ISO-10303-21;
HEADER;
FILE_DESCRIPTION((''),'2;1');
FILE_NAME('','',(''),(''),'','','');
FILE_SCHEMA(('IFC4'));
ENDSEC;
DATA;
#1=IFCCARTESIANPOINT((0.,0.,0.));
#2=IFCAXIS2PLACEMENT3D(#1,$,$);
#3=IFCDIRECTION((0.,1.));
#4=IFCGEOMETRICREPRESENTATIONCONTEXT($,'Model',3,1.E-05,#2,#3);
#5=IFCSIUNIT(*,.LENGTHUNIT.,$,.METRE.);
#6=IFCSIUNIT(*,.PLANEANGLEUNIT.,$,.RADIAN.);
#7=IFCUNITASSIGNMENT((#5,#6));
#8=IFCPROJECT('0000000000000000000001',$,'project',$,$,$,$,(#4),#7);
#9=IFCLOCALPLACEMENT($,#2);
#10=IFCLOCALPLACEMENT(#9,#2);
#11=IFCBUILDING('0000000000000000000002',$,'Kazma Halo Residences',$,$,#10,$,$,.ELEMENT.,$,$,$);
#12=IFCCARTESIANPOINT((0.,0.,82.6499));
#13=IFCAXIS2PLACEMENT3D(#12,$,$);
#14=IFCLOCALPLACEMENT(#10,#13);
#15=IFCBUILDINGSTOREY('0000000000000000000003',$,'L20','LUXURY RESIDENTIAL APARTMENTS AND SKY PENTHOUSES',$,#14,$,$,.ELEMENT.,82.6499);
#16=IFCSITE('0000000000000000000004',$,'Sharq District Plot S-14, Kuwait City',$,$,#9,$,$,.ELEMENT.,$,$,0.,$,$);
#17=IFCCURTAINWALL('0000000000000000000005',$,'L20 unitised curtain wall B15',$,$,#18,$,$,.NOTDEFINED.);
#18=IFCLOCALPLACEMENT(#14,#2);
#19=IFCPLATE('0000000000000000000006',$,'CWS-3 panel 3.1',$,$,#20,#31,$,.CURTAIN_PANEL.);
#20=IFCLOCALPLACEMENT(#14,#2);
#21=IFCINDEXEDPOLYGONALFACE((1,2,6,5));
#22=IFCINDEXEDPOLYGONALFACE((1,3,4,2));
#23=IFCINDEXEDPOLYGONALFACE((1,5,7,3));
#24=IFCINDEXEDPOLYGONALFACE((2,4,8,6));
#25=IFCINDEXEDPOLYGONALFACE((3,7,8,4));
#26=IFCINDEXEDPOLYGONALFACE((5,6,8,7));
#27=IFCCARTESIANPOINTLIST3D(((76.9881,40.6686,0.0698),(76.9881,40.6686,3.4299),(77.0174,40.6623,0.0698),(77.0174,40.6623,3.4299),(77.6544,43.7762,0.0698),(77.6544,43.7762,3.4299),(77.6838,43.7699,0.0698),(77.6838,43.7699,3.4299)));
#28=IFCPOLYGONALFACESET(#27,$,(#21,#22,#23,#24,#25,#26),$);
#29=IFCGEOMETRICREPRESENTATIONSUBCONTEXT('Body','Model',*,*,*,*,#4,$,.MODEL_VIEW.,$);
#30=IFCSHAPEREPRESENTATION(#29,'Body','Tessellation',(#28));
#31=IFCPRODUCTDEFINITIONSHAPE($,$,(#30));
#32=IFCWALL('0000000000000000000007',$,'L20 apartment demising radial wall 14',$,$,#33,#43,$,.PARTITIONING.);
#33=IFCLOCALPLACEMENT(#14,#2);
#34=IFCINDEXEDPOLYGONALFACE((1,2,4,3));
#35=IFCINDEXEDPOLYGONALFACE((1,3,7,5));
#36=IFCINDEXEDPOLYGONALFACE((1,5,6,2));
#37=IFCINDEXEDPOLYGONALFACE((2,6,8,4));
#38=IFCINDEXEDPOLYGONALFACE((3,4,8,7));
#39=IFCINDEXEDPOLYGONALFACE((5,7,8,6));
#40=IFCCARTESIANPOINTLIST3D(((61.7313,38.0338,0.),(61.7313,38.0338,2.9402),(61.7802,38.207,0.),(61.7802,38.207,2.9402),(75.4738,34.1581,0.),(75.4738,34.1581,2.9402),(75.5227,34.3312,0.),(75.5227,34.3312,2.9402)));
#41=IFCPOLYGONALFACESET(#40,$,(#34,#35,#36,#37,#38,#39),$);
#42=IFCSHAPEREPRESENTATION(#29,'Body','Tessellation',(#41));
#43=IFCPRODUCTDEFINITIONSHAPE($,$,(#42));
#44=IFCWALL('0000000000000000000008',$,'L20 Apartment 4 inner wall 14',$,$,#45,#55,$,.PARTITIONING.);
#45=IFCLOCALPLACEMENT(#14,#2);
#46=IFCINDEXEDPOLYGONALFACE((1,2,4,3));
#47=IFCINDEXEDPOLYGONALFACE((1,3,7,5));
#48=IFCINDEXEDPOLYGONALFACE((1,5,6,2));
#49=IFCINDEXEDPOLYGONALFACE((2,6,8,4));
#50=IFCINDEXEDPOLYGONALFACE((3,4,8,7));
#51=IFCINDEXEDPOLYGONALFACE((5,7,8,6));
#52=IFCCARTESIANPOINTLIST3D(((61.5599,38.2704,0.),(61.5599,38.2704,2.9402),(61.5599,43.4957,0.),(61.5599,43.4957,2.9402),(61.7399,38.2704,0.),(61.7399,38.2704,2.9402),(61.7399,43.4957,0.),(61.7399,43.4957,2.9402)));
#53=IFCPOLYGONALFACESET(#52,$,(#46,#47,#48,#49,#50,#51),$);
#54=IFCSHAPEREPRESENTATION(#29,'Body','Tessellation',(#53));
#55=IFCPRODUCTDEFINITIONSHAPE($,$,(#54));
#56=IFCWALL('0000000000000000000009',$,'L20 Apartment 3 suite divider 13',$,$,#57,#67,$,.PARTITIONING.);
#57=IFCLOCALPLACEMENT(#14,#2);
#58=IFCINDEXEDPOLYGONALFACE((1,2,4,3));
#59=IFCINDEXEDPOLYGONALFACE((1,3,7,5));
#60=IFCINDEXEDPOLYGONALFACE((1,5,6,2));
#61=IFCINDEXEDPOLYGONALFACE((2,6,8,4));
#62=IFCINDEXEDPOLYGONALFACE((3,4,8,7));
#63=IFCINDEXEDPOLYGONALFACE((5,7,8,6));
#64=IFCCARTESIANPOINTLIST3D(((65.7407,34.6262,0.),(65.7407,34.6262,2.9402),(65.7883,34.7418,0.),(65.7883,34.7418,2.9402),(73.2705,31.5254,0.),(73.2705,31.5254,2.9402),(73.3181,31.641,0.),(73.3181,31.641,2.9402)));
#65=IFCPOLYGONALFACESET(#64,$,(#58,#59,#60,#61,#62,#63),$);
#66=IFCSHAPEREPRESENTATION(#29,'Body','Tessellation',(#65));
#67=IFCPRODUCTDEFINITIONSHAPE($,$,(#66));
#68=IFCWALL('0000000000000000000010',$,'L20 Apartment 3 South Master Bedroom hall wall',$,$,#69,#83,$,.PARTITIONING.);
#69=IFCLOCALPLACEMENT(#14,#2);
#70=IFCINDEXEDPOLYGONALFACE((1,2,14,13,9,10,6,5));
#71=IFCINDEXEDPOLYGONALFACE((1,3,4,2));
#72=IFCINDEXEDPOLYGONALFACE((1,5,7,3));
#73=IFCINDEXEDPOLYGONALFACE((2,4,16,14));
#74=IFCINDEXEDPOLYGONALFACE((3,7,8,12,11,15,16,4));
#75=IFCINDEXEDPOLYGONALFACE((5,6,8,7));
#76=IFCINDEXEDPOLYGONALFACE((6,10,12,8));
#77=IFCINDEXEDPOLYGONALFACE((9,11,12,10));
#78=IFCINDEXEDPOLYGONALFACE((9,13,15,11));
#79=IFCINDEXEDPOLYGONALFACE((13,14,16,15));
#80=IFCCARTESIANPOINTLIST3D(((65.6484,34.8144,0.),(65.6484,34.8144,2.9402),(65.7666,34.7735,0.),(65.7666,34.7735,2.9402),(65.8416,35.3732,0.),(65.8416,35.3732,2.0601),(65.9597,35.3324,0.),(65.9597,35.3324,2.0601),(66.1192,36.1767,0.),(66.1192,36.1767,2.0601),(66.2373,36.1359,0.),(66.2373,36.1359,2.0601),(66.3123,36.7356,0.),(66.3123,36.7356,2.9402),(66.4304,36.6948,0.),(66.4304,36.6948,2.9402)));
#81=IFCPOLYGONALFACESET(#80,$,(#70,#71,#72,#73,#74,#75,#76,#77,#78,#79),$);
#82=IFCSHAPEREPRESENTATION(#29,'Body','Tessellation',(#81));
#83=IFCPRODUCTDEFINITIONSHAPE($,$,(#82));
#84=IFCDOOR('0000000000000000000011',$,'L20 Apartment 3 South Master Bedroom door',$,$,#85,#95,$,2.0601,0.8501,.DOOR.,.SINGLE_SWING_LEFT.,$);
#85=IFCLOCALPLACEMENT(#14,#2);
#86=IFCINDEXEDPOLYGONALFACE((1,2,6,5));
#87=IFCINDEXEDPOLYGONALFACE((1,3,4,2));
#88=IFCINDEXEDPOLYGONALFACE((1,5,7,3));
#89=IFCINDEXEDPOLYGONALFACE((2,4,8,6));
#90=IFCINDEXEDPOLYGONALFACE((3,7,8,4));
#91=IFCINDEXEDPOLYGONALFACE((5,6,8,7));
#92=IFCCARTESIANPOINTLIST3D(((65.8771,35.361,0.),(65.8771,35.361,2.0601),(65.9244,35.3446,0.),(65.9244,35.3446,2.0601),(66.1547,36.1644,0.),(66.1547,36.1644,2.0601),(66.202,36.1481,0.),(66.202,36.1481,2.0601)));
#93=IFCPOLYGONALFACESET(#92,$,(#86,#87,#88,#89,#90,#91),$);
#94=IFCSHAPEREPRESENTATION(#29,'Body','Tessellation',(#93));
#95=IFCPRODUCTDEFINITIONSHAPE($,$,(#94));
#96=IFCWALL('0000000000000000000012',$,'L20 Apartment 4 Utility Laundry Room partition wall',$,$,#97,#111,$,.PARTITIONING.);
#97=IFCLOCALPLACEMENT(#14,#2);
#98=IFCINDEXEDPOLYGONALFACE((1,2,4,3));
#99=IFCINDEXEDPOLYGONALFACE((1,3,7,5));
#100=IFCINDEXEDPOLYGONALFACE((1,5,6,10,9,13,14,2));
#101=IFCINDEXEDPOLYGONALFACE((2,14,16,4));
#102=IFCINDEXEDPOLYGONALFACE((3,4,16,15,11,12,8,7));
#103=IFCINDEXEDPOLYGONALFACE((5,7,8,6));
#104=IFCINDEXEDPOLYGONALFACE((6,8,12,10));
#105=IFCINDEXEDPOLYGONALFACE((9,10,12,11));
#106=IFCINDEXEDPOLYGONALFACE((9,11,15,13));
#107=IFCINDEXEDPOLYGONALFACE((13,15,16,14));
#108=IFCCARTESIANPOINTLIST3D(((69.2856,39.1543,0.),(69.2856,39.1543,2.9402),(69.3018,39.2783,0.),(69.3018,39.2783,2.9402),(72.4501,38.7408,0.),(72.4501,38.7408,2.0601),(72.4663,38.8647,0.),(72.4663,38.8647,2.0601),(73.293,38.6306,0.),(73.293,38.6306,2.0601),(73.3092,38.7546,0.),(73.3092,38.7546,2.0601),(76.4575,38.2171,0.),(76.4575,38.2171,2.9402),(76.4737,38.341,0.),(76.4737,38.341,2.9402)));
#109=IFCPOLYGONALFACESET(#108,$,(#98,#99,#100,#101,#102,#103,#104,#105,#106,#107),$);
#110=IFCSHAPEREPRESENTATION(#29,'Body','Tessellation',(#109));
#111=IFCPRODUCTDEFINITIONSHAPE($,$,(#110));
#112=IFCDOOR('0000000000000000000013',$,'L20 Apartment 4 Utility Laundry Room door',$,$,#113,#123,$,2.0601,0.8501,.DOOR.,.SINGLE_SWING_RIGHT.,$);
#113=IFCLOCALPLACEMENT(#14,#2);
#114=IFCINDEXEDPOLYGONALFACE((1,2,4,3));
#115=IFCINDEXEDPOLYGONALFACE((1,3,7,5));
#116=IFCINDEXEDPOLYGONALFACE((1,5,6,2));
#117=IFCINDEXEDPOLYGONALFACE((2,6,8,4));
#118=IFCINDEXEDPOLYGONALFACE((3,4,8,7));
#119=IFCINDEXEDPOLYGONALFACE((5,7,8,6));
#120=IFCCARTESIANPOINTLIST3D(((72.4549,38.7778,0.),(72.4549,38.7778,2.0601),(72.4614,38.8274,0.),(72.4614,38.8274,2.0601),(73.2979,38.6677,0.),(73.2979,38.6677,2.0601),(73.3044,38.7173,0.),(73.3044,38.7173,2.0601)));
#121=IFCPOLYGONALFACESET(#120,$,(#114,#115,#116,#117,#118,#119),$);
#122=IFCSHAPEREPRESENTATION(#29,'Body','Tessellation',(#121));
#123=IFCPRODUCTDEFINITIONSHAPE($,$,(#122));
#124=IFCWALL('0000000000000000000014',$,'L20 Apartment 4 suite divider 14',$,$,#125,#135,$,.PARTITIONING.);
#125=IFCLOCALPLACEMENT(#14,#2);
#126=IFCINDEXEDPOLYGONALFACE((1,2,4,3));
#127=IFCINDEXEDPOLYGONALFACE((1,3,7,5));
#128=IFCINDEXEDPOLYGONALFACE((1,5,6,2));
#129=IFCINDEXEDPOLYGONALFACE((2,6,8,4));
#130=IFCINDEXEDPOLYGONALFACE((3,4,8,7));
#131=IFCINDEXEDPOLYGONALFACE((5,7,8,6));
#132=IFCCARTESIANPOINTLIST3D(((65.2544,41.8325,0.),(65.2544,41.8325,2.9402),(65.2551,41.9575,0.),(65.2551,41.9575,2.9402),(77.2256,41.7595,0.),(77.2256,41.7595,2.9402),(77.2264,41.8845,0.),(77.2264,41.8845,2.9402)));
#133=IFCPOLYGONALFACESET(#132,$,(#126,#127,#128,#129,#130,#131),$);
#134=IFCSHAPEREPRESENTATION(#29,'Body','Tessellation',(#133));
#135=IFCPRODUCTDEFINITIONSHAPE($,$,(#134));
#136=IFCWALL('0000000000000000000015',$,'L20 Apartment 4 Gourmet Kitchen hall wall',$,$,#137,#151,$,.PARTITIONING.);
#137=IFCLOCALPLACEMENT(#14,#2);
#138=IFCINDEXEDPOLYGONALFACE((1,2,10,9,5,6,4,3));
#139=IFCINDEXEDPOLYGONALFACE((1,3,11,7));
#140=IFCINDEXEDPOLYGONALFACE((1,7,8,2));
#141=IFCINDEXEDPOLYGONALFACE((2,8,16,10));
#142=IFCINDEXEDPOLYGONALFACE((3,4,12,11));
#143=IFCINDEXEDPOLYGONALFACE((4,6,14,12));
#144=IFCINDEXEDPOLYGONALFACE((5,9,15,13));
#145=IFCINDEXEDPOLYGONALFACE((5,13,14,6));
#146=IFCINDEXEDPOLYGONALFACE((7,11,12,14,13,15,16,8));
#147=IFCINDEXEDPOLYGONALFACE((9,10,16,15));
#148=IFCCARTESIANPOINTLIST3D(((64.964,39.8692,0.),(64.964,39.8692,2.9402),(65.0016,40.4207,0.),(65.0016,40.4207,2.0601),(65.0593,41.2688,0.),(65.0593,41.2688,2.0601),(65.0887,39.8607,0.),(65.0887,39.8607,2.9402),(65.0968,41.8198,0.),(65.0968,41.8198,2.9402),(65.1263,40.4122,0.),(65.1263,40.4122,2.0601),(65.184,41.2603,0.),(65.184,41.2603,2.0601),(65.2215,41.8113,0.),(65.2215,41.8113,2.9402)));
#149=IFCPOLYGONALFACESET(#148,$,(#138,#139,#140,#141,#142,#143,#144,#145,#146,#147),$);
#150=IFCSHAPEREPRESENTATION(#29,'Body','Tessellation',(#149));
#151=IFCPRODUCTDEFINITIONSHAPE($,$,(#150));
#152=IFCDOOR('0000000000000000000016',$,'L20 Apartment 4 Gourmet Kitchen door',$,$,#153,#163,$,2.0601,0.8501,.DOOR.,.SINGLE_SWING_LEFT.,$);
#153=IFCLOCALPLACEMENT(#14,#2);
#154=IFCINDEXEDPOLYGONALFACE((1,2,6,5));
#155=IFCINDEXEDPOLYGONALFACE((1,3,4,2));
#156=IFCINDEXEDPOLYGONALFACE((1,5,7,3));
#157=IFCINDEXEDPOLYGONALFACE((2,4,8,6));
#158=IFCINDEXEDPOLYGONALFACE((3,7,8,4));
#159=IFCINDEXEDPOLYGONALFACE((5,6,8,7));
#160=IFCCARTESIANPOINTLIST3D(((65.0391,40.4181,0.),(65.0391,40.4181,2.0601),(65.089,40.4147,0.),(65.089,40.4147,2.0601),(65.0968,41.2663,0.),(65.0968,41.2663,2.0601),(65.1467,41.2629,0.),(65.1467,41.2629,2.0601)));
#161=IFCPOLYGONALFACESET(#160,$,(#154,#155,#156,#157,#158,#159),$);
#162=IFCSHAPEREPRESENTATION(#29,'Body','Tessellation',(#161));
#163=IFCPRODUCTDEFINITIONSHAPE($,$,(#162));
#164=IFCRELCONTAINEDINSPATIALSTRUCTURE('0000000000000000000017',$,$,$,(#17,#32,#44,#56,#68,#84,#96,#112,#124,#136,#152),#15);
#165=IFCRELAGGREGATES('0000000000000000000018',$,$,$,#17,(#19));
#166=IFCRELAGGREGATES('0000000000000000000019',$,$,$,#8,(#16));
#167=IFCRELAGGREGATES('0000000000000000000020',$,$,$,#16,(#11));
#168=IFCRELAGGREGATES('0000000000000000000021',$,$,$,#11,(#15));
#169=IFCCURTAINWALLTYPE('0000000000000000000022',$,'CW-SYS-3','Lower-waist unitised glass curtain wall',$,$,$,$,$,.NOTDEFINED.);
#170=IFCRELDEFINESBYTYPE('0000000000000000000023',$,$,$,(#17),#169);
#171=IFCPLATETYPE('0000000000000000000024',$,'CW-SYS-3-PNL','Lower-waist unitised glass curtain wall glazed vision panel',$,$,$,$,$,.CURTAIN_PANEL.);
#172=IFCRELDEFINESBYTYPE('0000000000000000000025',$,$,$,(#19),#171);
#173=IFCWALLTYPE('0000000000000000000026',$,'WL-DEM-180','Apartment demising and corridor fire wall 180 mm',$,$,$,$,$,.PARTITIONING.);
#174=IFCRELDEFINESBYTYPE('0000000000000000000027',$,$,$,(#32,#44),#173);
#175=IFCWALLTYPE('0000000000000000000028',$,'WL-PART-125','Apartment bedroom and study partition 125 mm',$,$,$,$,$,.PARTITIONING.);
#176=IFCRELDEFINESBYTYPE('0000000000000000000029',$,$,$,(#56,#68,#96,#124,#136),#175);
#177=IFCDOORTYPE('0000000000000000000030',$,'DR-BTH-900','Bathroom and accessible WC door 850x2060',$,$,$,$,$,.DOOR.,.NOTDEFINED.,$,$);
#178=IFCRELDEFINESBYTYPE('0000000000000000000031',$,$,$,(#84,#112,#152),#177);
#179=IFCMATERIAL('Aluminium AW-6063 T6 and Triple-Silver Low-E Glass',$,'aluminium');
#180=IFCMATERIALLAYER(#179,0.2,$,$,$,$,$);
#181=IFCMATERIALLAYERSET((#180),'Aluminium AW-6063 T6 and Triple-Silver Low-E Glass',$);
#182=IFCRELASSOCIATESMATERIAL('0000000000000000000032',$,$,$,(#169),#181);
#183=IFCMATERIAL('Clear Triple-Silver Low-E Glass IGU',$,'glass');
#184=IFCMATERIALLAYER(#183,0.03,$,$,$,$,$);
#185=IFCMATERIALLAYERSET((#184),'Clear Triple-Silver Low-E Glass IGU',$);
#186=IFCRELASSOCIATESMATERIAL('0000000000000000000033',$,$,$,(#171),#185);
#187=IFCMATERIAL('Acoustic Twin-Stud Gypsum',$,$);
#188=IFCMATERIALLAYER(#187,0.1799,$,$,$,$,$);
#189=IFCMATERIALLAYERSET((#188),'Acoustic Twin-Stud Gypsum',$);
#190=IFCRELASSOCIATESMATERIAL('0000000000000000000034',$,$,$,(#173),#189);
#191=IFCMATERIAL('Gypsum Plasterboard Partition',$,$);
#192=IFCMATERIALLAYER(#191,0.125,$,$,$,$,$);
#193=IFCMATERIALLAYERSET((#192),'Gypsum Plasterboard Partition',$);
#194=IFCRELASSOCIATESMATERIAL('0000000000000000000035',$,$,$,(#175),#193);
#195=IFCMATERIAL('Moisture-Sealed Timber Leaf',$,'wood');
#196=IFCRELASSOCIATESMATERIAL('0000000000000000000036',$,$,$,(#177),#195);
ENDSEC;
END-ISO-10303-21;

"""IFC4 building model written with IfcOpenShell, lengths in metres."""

from ifc_helpers import new_model, si_unit, direction, frame, frame_2d, origin, origin_2d, place, context, subcontext, project, spatial, rectangle, extrude, material, layer, layer_set, type_object, element, fill, aggregate, save


model = new_model("IFC4")

# Units and contexts
model_context = context("Model", 3, precision=1e-05, world=origin(), true_north=direction((0.0, 1.0)))
body_context = subcontext(model_context, "Body", "Model", "MODEL_VIEW")
ifc_project = project(units=[si_unit("LENGTHUNIT", "METRE"), si_unit("PLANEANGLEUNIT", "RADIAN")], contexts=[model_context])

# Site, building, storey
site_placement = place(None, origin())
site = spatial("IfcSite", under=ifc_project, at=site_placement, Name="Sharq District Plot S-14, Kuwait City", CompositionType="ELEMENT", RefElevation=0.0)
building_placement = place(site_placement, origin())
building = spatial("IfcBuilding", under=site, at=building_placement, Name="Kazma Halo Residences", CompositionType="ELEMENT")
storey_placement = place(building_placement, frame((0.0, 0.0, 82.6499)))
storey = spatial("IfcBuildingStorey", under=building, at=storey_placement, Name="L20", Description="LUXURY RESIDENTIAL APARTMENTS AND SKY PENTHOUSES", CompositionType="ELEMENT", Elevation=82.6499)

# Curtain wall, plate
ifc_material_1 = material(Name="Aluminium AW-6063 T6 and Triple-Silver Low-E Glass", Category="aluminium")
ifc_layer_1 = layer(ifc_material_1, 0.2)
ifc_layer_set_1 = layer_set([ifc_layer_1], Name="Aluminium AW-6063 T6 and Triple-Silver Low-E Glass")
curtain_wall_type = type_object("IfcCurtainWallType", Name="CW-SYS-3", Description="Lower-waist unitised glass curtain wall", PredefinedType="NOTDEFINED", material=ifc_layer_set_1)
curtain_wall_placement = place(storey_placement, origin())
curtain_wall = element("IfcCurtainWall", 1, at=curtain_wall_placement, inside=storey, type_object=curtain_wall_type, Name="L20 unitised curtain wall B15", PredefinedType="NOTDEFINED")
ifc_material_2 = material(Name="Clear Triple-Silver Low-E Glass IGU", Category="glass")
ifc_layer_2 = layer(ifc_material_2, 0.03)
ifc_layer_set_2 = layer_set([ifc_layer_2], Name="Clear Triple-Silver Low-E Glass IGU")
plate_type = type_object("IfcPlateType", Name="CW-SYS-3-PNL", Description="Lower-waist unitised glass curtain wall glazed vision panel", PredefinedType="CURTAIN_PANEL", material=ifc_layer_set_2)
plate_1_placement = place(storey_placement, frame((77.3359, 42.2192, 0.0698), z_axis=(0.0, 0.0, 1.0), x_axis=(0.209661, 0.977774, 0.0)))
plate_1 = element("IfcPlate", 2, at=plate_1_placement, type_object=plate_type, Name="CWS-3 panel 3.1", PredefinedType="CURTAIN_PANEL", context=body_context, shape_type="SweptSolid", body=[
    extrude(rectangle(XDim=3.1782, YDim=0.03, at=origin_2d()), origin(), (0.0, 0.0, 1.0), 3.3601),
])
aggregate(curtain_wall, [plate_1])

# Walls
ifc_material_3 = material(Name="Acoustic Twin-Stud Gypsum")
ifc_layer_3 = layer(ifc_material_3, 0.1799)
ifc_layer_set_3 = layer_set([ifc_layer_3], Name="Acoustic Twin-Stud Gypsum")
wall_type_1 = type_object("IfcWallType", Name="WL-DEM-180", Description="Apartment demising and corridor fire wall 180 mm", PredefinedType="PARTITIONING", material=ifc_layer_set_3)
wall_1_placement = place(storey_placement, frame((61.7559, 38.1204, 0.0), z_axis=(0.0, 0.0, 1.0), x_axis=(0.962456, -0.271438, 0.0)))
element("IfcWall", 3, at=wall_1_placement, inside=storey, type_object=wall_type_1, Name="L20 apartment demising radial wall 14", PredefinedType="PARTITIONING", context=body_context, shape_type="SweptSolid", body=[
    extrude(rectangle(XDim=14.2786, YDim=0.1799, at=frame_2d((7.1392, 0.0))), origin(), (0.0, 0.0, 1.0), 2.9402),
])
wall_2_placement = place(storey_placement, frame((61.6499, 38.2703, 0.0), z_axis=(0.0, 0.0, 1.0), x_axis=(0.0, 1.0, 0.0)))
element("IfcWall", 4, at=wall_2_placement, inside=storey, type_object=wall_type_1, Name="L20 Apartment 4 inner wall 14", PredefinedType="PARTITIONING", context=body_context, shape_type="SweptSolid", body=[
    extrude(rectangle(XDim=5.2253, YDim=0.1799, at=frame_2d((2.6128, 0.0))), origin(), (0.0, 0.0, 1.0), 2.9402),
])
ifc_material_4 = material(Name="Gypsum Plasterboard Partition")
ifc_layer_4 = layer(ifc_material_4, 0.125)
ifc_layer_set_4 = layer_set([ifc_layer_4], Name="Gypsum Plasterboard Partition")
wall_type_2 = type_object("IfcWallType", Name="WL-PART-125", Description="Apartment bedroom and study partition 125 mm", PredefinedType="PARTITIONING", material=ifc_layer_set_4)
wall_3_placement = place(storey_placement, frame((65.7644, 34.6841, 0.0), z_axis=(0.0, 0.0, 1.0), x_axis=(0.924664, -0.380784, 0.0)))
element("IfcWall", 5, at=wall_3_placement, inside=storey, type_object=wall_type_2, Name="L20 Apartment 3 suite divider 13", PredefinedType="PARTITIONING", context=body_context, shape_type="SweptSolid", body=[
    extrude(rectangle(XDim=8.1433, YDim=0.125, at=frame_2d((4.0718, 0.0))), origin(), (0.0, 0.0, 1.0), 2.9402),
])

# Walls, openings, doors
wall_4_placement = place(storey_placement, frame((65.7075, 34.7939, 0.0), z_axis=(0.0, 0.0, 1.0), x_axis=(0.326587, 0.945167, 0.0)))
wall_4 = element("IfcWall", 6, at=wall_4_placement, inside=storey, type_object=wall_type_2, Name="L20 Apartment 3 South Master Bedroom hall wall", PredefinedType="PARTITIONING", context=body_context, shape_type="SweptSolid", body=[
    extrude(rectangle(XDim=2.0327, YDim=0.125, at=frame_2d((1.0164, 0.0))), origin(), (0.0, 0.0, 1.0), 2.9402),
])
opening_1_placement = place(wall_4_placement, frame((0.5913, 0.0, 0.0)))
opening_1 = element("IfcOpeningElement", 7, at=opening_1_placement, cuts=wall_4, PredefinedType="OPENING", context=body_context, shape_type="SweptSolid", body=[
    extrude(rectangle(XDim=0.8501, YDim=2.0601, at=frame_2d((0.425, 1.03))), frame((0.0, 0.0725, 0.0), z_axis=(0.0, -1.0, 0.0), x_axis=(1.0, 0.0, 0.0)), (0.0, 0.0, 1.0), 0.145),
])
ifc_material_5 = material(Name="Moisture-Sealed Timber Leaf", Category="wood")
door_type = type_object("IfcDoorType", Name="DR-BTH-900", Description="Bathroom and accessible WC door 850x2060", OperationType="NOTDEFINED", PredefinedType="DOOR", material=ifc_material_5)
door_1_placement = place(opening_1_placement, origin())
door_1 = element("IfcDoor", 8, at=door_1_placement, inside=storey, type_object=door_type, Name="L20 Apartment 3 South Master Bedroom door", OperationType="SINGLE_SWING_LEFT", OverallHeight=2.0601, OverallWidth=0.8501, PredefinedType="DOOR", context=body_context, shape_type="SweptSolid", body=[
    extrude(rectangle(XDim=0.8501, YDim=2.0601, at=frame_2d((0.425, 1.03))), frame((0.0, 0.0249, 0.0), z_axis=(0.0, -1.0, 0.0), x_axis=(1.0, 0.0, 0.0)), (0.0, 0.0, 1.0), 0.05),
])
fill(opening_1, door_1)
wall_5_placement = place(storey_placement, frame((69.2937, 39.2163, 0.0), z_axis=(0.0, 0.0, 1.0), x_axis=(0.991569, -0.129583, 0.0)))
wall_5 = element("IfcWall", 9, at=wall_5_placement, inside=storey, type_object=wall_type_2, Name="L20 Apartment 4 Utility Laundry Room partition wall", PredefinedType="PARTITIONING", context=body_context, shape_type="SweptSolid", body=[
    extrude(rectangle(XDim=7.2329, YDim=0.125, at=frame_2d((3.6165, 0.0))), origin(), (0.0, 0.0, 1.0), 2.9402),
])
opening_2_placement = place(wall_5_placement, frame((3.1914, 0.0, 0.0)))
opening_2 = element("IfcOpeningElement", 10, at=opening_2_placement, cuts=wall_5, PredefinedType="OPENING", context=body_context, shape_type="SweptSolid", body=[
    extrude(rectangle(XDim=0.8501, YDim=2.0601, at=frame_2d((0.425, 1.03))), frame((0.0, 0.0725, 0.0), z_axis=(0.0, -1.0, 0.0), x_axis=(1.0, 0.0, 0.0)), (0.0, 0.0, 1.0), 0.145),
])
door_2_placement = place(opening_2_placement, origin())
door_2 = element("IfcDoor", 11, at=door_2_placement, inside=storey, type_object=door_type, Name="L20 Apartment 4 Utility Laundry Room door", OperationType="SINGLE_SWING_RIGHT", OverallHeight=2.0601, OverallWidth=0.8501, PredefinedType="DOOR", context=body_context, shape_type="SweptSolid", body=[
    extrude(rectangle(XDim=0.8501, YDim=2.0601, at=frame_2d((0.425, 1.03))), frame((0.0, 0.0249, 0.0), z_axis=(0.0, -1.0, 0.0), x_axis=(1.0, 0.0, 0.0)), (0.0, 0.0, 1.0), 0.05),
])
fill(opening_2, door_2)

# Wall
wall_6_placement = place(storey_placement, frame((65.2546, 41.895, 0.0), z_axis=(0.0, 0.0, 1.0), x_axis=(0.999981, -0.006098, 0.0)))
element("IfcWall", 12, at=wall_6_placement, inside=storey, type_object=wall_type_2, Name="L20 Apartment 4 suite divider 14", PredefinedType="PARTITIONING", context=body_context, shape_type="SweptSolid", body=[
    extrude(rectangle(XDim=11.9714, YDim=0.125, at=frame_2d((5.9858, 0.0))), origin(), (0.0, 0.0, 1.0), 2.9402),
])

# Wall, opening, door
wall_7_placement = place(storey_placement, frame((65.0264, 39.865, 0.0), z_axis=(0.0, 0.0, 1.0), x_axis=(0.067928, 0.99769, 0.0)))
wall_7 = element("IfcWall", 13, at=wall_7_placement, inside=storey, type_object=wall_type_2, Name="L20 Apartment 4 Gourmet Kitchen hall wall", PredefinedType="PARTITIONING", context=body_context, shape_type="SweptSolid", body=[
    extrude(rectangle(XDim=1.9551, YDim=0.125, at=frame_2d((0.9775, 0.0))), origin(), (0.0, 0.0, 1.0), 2.9402),
])
opening_3_placement = place(wall_7_placement, frame((0.5527, 0.0, 0.0)))
opening_3 = element("IfcOpeningElement", 14, at=opening_3_placement, cuts=wall_7, PredefinedType="OPENING", context=body_context, shape_type="SweptSolid", body=[
    extrude(rectangle(XDim=0.8501, YDim=2.0601, at=frame_2d((0.425, 1.03))), frame((0.0, 0.0725, 0.0), z_axis=(0.0, -1.0, 0.0), x_axis=(1.0, 0.0, 0.0)), (0.0, 0.0, 1.0), 0.145),
])
door_3_placement = place(opening_3_placement, origin())
door_3 = element("IfcDoor", 15, at=door_3_placement, inside=storey, type_object=door_type, Name="L20 Apartment 4 Gourmet Kitchen door", OperationType="SINGLE_SWING_LEFT", OverallHeight=2.0601, OverallWidth=0.8501, PredefinedType="DOOR", context=body_context, shape_type="SweptSolid", body=[
    extrude(rectangle(XDim=0.8501, YDim=2.0601, at=frame_2d((0.425, 1.03))), frame((0.0, 0.0249, 0.0), z_axis=(0.0, -1.0, 0.0), x_axis=(1.0, 0.0, 0.0)), (0.0, 0.0, 1.0), 0.05),
])
fill(opening_3, door_3)

save(model, "model.ifc")
